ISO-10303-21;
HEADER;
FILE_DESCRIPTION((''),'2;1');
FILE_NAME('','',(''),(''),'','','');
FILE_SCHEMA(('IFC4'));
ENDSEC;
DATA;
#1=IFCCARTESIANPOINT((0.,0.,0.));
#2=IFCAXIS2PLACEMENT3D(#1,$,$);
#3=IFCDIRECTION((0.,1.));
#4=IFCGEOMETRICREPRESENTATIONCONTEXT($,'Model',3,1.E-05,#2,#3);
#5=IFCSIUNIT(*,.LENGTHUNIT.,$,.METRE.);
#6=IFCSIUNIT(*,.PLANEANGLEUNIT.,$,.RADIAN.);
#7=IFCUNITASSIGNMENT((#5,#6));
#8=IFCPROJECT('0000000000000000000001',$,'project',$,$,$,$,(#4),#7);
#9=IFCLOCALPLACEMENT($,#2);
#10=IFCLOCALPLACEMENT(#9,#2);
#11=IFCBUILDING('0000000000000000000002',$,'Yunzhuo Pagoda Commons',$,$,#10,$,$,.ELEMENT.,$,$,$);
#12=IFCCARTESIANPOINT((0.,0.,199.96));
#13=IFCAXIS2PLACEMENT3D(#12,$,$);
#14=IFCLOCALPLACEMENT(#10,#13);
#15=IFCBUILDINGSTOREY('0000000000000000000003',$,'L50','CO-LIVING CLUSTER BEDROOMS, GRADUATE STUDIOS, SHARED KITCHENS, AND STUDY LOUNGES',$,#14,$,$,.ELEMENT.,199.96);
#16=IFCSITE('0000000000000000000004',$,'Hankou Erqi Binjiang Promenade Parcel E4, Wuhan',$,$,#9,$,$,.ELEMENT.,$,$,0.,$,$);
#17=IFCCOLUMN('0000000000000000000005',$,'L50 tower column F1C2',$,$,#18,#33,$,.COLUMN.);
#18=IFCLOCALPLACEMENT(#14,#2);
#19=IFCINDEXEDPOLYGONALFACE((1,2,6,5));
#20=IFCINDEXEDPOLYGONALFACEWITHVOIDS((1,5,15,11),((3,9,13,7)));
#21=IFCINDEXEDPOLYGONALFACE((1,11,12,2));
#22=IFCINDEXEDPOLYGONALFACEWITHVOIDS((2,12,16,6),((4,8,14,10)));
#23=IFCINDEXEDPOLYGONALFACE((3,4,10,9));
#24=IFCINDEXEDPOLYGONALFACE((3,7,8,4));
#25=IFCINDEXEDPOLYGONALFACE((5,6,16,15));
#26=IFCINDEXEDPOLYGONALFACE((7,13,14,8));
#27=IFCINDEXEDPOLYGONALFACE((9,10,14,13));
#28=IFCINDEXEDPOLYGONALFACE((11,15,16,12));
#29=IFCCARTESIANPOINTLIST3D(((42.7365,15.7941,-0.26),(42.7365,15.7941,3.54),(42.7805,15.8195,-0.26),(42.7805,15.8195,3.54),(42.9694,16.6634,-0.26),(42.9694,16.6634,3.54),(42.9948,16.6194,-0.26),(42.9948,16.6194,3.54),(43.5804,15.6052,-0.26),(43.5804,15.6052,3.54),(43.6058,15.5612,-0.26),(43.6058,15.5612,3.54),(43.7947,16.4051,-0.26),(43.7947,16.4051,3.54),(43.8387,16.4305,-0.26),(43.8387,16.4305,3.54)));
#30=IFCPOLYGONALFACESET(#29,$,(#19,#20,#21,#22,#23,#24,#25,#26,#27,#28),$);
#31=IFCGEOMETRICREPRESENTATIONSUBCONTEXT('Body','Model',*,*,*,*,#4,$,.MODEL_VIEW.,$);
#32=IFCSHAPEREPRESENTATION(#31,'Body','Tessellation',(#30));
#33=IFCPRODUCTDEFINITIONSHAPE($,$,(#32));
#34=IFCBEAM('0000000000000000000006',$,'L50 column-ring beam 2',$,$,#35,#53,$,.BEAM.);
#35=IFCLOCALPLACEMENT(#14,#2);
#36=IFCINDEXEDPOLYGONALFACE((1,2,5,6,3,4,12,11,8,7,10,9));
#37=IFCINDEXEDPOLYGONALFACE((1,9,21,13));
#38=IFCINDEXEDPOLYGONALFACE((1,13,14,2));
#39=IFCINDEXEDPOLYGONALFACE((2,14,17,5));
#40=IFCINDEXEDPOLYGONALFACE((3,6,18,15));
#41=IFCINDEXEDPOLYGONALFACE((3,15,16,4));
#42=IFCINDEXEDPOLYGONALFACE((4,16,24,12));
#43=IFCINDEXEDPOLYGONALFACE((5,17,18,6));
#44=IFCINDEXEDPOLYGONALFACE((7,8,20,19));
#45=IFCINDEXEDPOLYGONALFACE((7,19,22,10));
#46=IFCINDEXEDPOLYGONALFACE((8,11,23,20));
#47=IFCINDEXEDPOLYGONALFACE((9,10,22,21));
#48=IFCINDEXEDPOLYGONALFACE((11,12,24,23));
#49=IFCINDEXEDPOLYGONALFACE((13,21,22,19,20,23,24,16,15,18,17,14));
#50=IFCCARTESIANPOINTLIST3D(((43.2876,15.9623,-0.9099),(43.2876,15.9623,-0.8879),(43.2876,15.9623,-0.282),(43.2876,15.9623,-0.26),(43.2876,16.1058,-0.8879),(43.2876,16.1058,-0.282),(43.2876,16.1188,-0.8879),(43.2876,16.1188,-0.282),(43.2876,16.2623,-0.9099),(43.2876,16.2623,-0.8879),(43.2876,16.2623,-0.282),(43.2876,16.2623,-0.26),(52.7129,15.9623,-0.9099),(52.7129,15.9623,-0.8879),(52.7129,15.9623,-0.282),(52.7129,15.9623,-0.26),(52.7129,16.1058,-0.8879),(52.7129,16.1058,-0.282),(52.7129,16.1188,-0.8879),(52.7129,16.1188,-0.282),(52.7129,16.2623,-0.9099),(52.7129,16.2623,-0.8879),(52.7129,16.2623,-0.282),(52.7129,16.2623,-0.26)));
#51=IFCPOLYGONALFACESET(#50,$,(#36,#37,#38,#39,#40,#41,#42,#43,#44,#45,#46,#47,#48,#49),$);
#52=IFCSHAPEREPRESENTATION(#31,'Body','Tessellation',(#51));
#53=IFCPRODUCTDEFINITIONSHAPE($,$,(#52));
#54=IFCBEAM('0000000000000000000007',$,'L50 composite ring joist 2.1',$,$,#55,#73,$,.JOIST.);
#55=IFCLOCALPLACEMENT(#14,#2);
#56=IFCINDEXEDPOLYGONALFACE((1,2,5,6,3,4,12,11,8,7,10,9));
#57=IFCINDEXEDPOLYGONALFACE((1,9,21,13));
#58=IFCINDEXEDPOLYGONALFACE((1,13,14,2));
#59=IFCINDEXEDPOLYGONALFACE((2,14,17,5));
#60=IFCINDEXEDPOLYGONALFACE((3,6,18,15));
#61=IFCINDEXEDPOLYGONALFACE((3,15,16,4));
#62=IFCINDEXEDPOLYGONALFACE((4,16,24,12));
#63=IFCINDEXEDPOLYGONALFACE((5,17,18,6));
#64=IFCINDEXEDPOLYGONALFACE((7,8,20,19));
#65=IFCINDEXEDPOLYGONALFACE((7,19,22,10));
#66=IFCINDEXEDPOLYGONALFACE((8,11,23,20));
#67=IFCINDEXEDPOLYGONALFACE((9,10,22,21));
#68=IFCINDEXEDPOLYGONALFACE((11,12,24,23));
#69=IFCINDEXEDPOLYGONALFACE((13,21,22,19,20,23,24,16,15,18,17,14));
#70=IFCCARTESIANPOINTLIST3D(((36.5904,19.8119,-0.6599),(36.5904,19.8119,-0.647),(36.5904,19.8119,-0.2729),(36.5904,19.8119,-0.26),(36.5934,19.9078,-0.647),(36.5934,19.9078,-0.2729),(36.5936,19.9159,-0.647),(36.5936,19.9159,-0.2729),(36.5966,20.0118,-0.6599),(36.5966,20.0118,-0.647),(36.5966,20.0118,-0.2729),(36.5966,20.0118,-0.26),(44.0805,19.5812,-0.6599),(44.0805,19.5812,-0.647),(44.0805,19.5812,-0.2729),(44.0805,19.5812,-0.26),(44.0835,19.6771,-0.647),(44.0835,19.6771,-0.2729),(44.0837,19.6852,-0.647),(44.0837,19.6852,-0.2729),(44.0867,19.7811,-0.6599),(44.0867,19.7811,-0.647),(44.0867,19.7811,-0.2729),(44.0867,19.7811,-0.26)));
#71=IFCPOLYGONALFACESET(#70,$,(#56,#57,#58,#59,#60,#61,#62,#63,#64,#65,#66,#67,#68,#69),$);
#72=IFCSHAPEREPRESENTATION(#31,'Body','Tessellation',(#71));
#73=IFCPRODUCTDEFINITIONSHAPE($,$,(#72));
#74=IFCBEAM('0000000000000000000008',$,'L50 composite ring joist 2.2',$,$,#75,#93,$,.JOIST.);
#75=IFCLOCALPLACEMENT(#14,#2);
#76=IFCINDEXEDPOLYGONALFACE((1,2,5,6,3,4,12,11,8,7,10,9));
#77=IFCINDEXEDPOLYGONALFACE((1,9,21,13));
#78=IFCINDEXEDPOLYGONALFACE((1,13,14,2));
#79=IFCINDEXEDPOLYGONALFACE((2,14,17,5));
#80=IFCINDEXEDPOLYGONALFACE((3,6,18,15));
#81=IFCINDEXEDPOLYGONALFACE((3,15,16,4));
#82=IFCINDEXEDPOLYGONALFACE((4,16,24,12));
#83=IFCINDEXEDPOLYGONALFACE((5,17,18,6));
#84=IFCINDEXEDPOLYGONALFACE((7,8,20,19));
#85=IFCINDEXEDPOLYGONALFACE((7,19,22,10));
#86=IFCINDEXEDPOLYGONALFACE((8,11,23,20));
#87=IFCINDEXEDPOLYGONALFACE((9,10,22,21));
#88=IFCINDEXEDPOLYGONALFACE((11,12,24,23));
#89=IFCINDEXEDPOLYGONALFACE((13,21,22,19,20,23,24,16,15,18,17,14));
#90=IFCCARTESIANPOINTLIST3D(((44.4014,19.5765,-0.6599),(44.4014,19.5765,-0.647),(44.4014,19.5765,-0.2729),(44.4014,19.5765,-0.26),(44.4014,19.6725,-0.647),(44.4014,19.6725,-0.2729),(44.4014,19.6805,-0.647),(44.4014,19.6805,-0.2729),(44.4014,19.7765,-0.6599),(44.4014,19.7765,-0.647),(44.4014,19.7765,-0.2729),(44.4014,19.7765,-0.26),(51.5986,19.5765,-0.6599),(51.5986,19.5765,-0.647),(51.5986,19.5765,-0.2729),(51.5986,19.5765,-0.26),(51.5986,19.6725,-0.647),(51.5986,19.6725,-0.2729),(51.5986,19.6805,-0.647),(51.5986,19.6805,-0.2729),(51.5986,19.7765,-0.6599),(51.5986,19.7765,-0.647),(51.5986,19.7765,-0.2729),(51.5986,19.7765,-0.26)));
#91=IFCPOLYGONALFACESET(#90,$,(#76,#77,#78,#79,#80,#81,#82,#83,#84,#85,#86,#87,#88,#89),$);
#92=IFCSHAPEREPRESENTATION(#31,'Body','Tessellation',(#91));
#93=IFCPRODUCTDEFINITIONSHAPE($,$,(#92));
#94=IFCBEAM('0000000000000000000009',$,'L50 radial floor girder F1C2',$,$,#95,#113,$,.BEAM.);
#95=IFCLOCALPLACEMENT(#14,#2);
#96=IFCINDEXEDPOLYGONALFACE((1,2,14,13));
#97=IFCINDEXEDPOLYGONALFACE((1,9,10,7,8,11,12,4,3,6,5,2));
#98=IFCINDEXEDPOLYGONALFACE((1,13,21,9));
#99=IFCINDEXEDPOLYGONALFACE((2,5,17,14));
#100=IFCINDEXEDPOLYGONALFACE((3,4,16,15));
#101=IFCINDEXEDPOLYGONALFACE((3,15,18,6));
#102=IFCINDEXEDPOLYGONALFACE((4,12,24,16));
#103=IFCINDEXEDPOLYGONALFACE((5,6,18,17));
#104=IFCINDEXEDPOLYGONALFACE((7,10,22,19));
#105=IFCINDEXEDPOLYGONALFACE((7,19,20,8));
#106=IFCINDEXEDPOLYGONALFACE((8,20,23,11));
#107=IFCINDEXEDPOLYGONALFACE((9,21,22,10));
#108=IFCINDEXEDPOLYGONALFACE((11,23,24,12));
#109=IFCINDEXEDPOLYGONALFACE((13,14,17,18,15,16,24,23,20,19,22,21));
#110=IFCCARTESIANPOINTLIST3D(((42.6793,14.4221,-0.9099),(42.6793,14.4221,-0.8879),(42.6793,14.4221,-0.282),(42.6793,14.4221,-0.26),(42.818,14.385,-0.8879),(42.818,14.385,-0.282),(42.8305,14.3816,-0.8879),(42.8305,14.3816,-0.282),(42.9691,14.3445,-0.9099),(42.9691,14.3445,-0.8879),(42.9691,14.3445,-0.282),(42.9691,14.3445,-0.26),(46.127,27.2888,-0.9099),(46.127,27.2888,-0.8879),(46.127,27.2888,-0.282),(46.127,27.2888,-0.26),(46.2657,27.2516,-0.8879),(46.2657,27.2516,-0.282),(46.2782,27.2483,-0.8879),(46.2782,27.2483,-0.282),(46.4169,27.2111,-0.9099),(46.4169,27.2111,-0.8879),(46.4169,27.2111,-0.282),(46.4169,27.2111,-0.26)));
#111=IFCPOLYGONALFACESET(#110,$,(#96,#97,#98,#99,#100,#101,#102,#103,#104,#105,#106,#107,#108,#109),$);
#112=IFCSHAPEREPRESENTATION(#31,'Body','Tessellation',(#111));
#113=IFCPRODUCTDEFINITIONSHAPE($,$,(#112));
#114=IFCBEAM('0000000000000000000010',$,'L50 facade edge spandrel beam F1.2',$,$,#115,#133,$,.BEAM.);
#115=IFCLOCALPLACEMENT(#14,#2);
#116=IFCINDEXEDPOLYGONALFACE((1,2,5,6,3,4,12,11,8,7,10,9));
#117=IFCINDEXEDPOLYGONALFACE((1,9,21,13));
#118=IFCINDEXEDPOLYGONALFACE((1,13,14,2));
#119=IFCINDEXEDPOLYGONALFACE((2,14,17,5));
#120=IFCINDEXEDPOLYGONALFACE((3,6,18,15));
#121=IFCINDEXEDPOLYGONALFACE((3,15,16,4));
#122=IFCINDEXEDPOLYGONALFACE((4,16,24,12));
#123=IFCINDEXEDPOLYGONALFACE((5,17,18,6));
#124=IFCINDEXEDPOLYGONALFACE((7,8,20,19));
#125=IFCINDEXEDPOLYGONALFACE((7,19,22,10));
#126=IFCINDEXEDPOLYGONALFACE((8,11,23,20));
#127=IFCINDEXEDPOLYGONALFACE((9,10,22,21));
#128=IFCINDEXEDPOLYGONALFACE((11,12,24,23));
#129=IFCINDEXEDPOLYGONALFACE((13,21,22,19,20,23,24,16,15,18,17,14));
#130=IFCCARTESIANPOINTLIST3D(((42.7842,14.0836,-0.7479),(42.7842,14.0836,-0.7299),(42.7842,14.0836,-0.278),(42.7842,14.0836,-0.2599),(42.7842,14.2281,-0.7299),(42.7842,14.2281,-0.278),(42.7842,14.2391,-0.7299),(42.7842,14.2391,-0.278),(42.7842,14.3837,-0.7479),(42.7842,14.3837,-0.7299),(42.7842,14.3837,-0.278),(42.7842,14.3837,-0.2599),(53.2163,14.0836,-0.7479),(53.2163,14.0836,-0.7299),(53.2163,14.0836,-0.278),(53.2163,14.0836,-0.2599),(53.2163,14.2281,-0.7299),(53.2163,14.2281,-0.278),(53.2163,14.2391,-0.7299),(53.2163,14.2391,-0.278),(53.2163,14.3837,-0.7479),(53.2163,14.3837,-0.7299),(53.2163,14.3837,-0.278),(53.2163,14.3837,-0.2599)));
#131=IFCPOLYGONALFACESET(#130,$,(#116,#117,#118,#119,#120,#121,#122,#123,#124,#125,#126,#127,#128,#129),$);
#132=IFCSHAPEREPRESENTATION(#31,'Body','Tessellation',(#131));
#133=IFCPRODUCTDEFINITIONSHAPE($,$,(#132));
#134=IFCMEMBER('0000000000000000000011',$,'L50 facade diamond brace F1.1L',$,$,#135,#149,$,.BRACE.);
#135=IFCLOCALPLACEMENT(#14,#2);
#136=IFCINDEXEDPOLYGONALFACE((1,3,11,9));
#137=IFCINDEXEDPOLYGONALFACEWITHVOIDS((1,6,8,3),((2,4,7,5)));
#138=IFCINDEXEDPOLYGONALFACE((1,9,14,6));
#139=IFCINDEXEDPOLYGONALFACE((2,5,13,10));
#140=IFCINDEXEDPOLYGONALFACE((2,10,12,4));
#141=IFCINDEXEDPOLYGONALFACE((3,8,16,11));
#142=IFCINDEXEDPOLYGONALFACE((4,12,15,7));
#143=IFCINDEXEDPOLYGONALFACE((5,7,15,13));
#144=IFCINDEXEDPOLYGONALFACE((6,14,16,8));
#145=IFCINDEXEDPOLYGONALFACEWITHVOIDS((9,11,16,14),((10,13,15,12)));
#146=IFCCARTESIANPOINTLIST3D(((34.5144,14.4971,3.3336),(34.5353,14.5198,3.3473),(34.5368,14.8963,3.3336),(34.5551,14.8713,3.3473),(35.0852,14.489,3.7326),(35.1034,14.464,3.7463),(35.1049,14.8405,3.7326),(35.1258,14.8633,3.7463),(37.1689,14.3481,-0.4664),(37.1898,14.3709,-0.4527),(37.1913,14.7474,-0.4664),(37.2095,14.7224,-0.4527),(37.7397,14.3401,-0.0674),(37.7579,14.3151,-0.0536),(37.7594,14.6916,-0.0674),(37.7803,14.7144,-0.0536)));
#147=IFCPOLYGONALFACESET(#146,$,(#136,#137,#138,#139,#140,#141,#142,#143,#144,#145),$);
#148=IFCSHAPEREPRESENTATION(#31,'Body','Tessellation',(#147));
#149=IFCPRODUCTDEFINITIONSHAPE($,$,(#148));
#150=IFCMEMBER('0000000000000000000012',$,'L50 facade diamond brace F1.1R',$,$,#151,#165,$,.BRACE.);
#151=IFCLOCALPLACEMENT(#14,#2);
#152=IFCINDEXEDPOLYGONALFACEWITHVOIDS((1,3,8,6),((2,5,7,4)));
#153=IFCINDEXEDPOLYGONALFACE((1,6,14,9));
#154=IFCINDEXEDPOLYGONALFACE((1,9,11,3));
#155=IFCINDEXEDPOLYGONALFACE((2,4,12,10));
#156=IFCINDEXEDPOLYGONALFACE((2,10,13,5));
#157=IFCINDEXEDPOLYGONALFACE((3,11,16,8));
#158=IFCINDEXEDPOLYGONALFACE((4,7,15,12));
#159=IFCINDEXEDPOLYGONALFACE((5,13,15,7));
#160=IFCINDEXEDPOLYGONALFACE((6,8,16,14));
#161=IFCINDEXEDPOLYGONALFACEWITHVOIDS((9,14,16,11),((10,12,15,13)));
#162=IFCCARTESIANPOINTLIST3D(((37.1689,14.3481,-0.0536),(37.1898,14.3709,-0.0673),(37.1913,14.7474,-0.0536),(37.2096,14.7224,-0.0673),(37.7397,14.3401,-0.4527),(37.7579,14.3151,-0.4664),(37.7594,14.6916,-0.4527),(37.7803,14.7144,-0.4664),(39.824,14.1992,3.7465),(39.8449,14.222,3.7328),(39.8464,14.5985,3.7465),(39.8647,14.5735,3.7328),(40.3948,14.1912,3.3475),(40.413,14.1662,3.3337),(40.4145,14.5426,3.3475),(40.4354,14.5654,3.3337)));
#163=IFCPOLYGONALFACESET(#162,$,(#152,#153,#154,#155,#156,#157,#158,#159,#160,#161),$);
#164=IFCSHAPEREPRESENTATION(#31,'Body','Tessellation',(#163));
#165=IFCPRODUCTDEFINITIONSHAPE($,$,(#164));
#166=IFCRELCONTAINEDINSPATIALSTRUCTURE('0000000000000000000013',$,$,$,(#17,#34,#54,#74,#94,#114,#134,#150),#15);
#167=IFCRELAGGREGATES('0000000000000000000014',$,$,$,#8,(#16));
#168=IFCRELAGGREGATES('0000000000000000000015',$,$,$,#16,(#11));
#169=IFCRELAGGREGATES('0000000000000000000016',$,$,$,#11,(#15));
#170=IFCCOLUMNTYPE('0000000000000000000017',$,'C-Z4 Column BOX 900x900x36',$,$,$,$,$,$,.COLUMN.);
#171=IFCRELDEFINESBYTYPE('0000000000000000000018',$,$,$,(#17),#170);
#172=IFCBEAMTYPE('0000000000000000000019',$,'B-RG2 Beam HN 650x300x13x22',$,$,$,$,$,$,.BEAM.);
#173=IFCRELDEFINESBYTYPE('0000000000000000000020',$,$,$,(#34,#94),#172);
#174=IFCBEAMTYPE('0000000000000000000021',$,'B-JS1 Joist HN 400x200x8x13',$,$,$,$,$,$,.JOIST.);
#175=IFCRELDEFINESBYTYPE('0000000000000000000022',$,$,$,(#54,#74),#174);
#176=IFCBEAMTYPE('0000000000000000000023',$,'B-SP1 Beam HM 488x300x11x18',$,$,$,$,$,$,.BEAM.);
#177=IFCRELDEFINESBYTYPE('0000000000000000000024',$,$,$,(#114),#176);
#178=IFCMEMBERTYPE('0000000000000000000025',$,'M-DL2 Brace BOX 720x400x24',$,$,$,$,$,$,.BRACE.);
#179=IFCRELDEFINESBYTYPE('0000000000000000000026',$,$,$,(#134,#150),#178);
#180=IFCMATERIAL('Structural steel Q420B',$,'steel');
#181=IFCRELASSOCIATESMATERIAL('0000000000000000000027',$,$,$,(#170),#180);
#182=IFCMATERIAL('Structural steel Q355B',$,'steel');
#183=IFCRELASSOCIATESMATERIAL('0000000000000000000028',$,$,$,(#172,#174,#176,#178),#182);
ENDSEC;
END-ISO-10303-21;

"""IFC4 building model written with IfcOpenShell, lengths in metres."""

from ifc_helpers import new_model, si_unit, direction, frame, origin, origin_2d, place, context, subcontext, project, spatial, hollow_rectangle, i_section, extrude, source, transform, mapped, material, material_profile, profile_set, type_object, element, save


model = new_model("IFC4")

# Units and contexts
model_context = context("Model", 3, precision=1e-05, world=origin(), true_north=direction((0.0, 1.0)))
body_context = subcontext(model_context, "Body", "Model", "MODEL_VIEW")
ifc_project = project(units=[si_unit("LENGTHUNIT", "METRE"), si_unit("PLANEANGLEUNIT", "RADIAN")], contexts=[model_context])

# Site, building, storey
site_placement = place(None, origin())
site = spatial("IfcSite", under=ifc_project, at=site_placement, Name="Hankou Erqi Binjiang Promenade Parcel E4, Wuhan", CompositionType="ELEMENT", RefElevation=0.0)
building_placement = place(site_placement, origin())
building = spatial("IfcBuilding", under=site, at=building_placement, Name="Yunzhuo Pagoda Commons", CompositionType="ELEMENT")
storey_placement = place(building_placement, frame((0.0, 0.0, 199.96)))
storey = spatial("IfcBuildingStorey", under=building, at=storey_placement, Name="L50", Description="CO-LIVING CLUSTER BEDROOMS, GRADUATE STUDIOS, SHARED KITCHENS, AND STUDY LOUNGES", CompositionType="ELEMENT", Elevation=199.96)

# Column
ifc_material_1 = material(Name="Structural steel Q420B", Category="steel")
ifc_material_profile_1 = material_profile(ifc_material_1, hollow_rectangle(XDim=0.8999, YDim=0.8999, WallThickness=0.0359, at=origin_2d()), Name="Structural steel Q420B")
ifc_profile_set_1 = profile_set([ifc_material_profile_1], Name="Structural steel Q420B")
column_type = type_object("IfcColumnType", Name="C-Z4 Column BOX 900x900x36", PredefinedType="COLUMN", material=ifc_profile_set_1)
shared_shape_1 = source(origin(), body_context, "Body", "SweptSolid", [
    extrude(hollow_rectangle(XDim=0.8999, YDim=0.8999, WallThickness=0.0359, at=origin_2d()), origin(), (0.0, 0.0, 1.0), 3.8),
])
column_placement = place(storey_placement, frame((43.2876, 16.1123, -0.26), z_axis=(0.0, 0.0, 1.0), x_axis=(0.965926, -0.258819, 0.0)))
element("IfcColumn", 1, at=column_placement, inside=storey, type_object=column_type, Name="L50 tower column F1C2", PredefinedType="COLUMN", context=body_context, shape_type="MappedRepresentation", body=[
    mapped(shared_shape_1, transform((0.0, 0.0, 0.0), scale=1.0)),
])

# Beams
ifc_material_2 = material(Name="Structural steel Q355B", Category="steel")
ifc_material_profile_2 = material_profile(ifc_material_2, i_section(OverallWidth=0.3, OverallDepth=0.6499, WebThickness=0.0129, FlangeThickness=0.022, at=origin_2d()), Name="Structural steel Q355B")
ifc_profile_set_2 = profile_set([ifc_material_profile_2], Name="Structural steel Q355B")
beam_type_1 = type_object("IfcBeamType", Name="B-RG2 Beam HN 650x300x13x22", PredefinedType="BEAM", material=ifc_profile_set_2)
shared_shape_2 = source(origin(), body_context, "Body", "SweptSolid", [
    extrude(i_section(OverallWidth=0.3, OverallDepth=0.6499, WebThickness=0.0129, FlangeThickness=0.022, at=origin_2d()), origin(), (0.0, 0.0, 1.0), 9.4253),
])
beam_1_placement = place(storey_placement, frame((43.2876, 16.1123, -0.585), z_axis=(1.0, 0.0, 0.0), x_axis=(0.0, 1.0, 0.0)))
element("IfcBeam", 2, at=beam_1_placement, inside=storey, type_object=beam_type_1, Name="L50 column-ring beam 2", PredefinedType="BEAM", context=body_context, shape_type="MappedRepresentation", body=[
    mapped(shared_shape_2, transform((0.0, 0.0, 0.0), scale=1.0)),
])
ifc_material_profile_3 = material_profile(ifc_material_2, i_section(OverallWidth=0.2, OverallDepth=0.3999, WebThickness=0.0081, FlangeThickness=0.0129, at=origin_2d()), Name="Structural steel Q355B")
ifc_profile_set_3 = profile_set([ifc_material_profile_3], Name="Structural steel Q355B")
beam_type_2 = type_object("IfcBeamType", Name="B-JS1 Joist HN 400x200x8x13", PredefinedType="JOIST", material=ifc_profile_set_3)
shared_shape_3 = source(origin(), body_context, "Body", "SweptSolid", [
    extrude(i_section(OverallWidth=0.2, OverallDepth=0.3999, WebThickness=0.0081, FlangeThickness=0.0129, at=origin_2d()), origin(), (0.0, 0.0, 1.0), 7.4937),
])
beam_2_placement = place(storey_placement, frame((36.5935, 19.9119, -0.46), z_axis=(0.999526, -0.030788, 0.0), x_axis=(0.030788, 0.999526, 0.0)))
element("IfcBeam", 3, at=beam_2_placement, inside=storey, type_object=beam_type_2, Name="L50 composite ring joist 2.1", PredefinedType="JOIST", context=body_context, shape_type="MappedRepresentation", body=[
    mapped(shared_shape_3, transform((0.0, 0.0, 0.0), scale=1.0)),
])
shared_shape_4 = source(origin(), body_context, "Body", "SweptSolid", [
    extrude(i_section(OverallWidth=0.2, OverallDepth=0.3999, WebThickness=0.0081, FlangeThickness=0.0129, at=origin_2d()), origin(), (0.0, 0.0, 1.0), 7.1973),
])
beam_3_placement = place(storey_placement, frame((44.4014, 19.6765, -0.46), z_axis=(1.0, 0.0, 0.0), x_axis=(0.0, 1.0, 0.0)))
element("IfcBeam", 4, at=beam_3_placement, inside=storey, type_object=beam_type_2, Name="L50 composite ring joist 2.2", PredefinedType="JOIST", context=body_context, shape_type="MappedRepresentation", body=[
    mapped(shared_shape_4, transform((0.0, 0.0, 0.0), scale=1.0)),
])
shared_shape_5 = source(origin(), body_context, "Body", "SweptSolid", [
    extrude(i_section(OverallWidth=0.3, OverallDepth=0.6499, WebThickness=0.0129, FlangeThickness=0.022, at=origin_2d()), origin(), (0.0, 0.0, 1.0), 13.3206),
])
beam_4_placement = place(storey_placement, frame((42.8242, 14.3833, -0.585), z_axis=(0.258828, 0.965923, 0.0), x_axis=(-0.965923, 0.258828, 0.0)))
element("IfcBeam", 5, at=beam_4_placement, inside=storey, type_object=beam_type_1, Name="L50 radial floor girder F1C2", PredefinedType="BEAM", context=body_context, shape_type="MappedRepresentation", body=[
    mapped(shared_shape_5, transform((0.0, 0.0, 0.0), scale=1.0)),
])
ifc_material_profile_4 = material_profile(ifc_material_2, i_section(OverallWidth=0.3, OverallDepth=0.488, WebThickness=0.011, FlangeThickness=0.0181, at=origin_2d()), Name="Structural steel Q355B")
ifc_profile_set_4 = profile_set([ifc_material_profile_4], Name="Structural steel Q355B")
beam_type_3 = type_object("IfcBeamType", Name="B-SP1 Beam HM 488x300x11x18", PredefinedType="BEAM", material=ifc_profile_set_4)
shared_shape_6 = source(origin(), body_context, "Body", "SweptSolid", [
    extrude(i_section(OverallWidth=0.3, OverallDepth=0.488, WebThickness=0.011, FlangeThickness=0.0181, at=origin_2d()), origin(), (0.0, 0.0, 1.0), 10.4321),
])
beam_5_placement = place(storey_placement, frame((42.7842, 14.2336, -0.5039), z_axis=(1.0, 0.0, 0.0), x_axis=(0.0, 1.0, 0.0)))
element("IfcBeam", 6, at=beam_5_placement, inside=storey, type_object=beam_type_3, Name="L50 facade edge spandrel beam F1.2", PredefinedType="BEAM", context=body_context, shape_type="MappedRepresentation", body=[
    mapped(shared_shape_6, transform((0.0, 0.0, 0.0), scale=1.0)),
])

# Members
ifc_material_profile_5 = material_profile(ifc_material_2, hollow_rectangle(XDim=0.3999, YDim=0.72, WallThickness=0.0239, at=origin_2d()), Name="Structural steel Q355B")
ifc_profile_set_5 = profile_set([ifc_material_profile_5], Name="Structural steel Q355B")
member_type_1 = type_object("IfcMemberType", Name="M-DL2 Brace BOX 720x400x24", PredefinedType="BRACE", material=ifc_profile_set_5)
shared_shape_7 = source(origin(), body_context, "Body", "SweptSolid", [
    extrude(hollow_rectangle(XDim=0.3999, YDim=0.72, WallThickness=0.0239, at=origin_2d()), origin(), (0.0, 0.0, 1.0), 4.6377),
])
member_1_placement = place(storey_placement, frame((37.4746, 14.5312, -0.26), z_axis=(-0.572371, 0.032111, 0.819366), x_axis=(-0.056014, -0.99843, 0.0)))
element("IfcMember", 7, at=member_1_placement, inside=storey, type_object=member_type_1, Name="L50 facade diamond brace F1.1L", PredefinedType="BRACE", context=body_context, shape_type="MappedRepresentation", body=[
    mapped(shared_shape_7, transform((0.0, 0.0, 0.0), scale=1.0)),
])
shared_shape_8 = source(origin(), body_context, "Body", "SweptSolid", [
    extrude(hollow_rectangle(XDim=0.3999, YDim=0.72, WallThickness=0.0239, at=origin_2d()), origin(), (0.0, 0.0, 1.0), 4.6382),
])
member_2_placement = place(storey_placement, frame((37.4746, 14.5312, -0.26), z_axis=(0.572442, -0.032109, 0.819316), x_axis=(0.056004, 0.998431, 0.0)))
element("IfcMember", 8, at=member_2_placement, inside=storey, type_object=member_type_1, Name="L50 facade diamond brace F1.1R", PredefinedType="BRACE", context=body_context, shape_type="MappedRepresentation", body=[
    mapped(shared_shape_8, transform((0.0, 0.0, 0.0), scale=1.0)),
])

save(model, "model.ifc")
